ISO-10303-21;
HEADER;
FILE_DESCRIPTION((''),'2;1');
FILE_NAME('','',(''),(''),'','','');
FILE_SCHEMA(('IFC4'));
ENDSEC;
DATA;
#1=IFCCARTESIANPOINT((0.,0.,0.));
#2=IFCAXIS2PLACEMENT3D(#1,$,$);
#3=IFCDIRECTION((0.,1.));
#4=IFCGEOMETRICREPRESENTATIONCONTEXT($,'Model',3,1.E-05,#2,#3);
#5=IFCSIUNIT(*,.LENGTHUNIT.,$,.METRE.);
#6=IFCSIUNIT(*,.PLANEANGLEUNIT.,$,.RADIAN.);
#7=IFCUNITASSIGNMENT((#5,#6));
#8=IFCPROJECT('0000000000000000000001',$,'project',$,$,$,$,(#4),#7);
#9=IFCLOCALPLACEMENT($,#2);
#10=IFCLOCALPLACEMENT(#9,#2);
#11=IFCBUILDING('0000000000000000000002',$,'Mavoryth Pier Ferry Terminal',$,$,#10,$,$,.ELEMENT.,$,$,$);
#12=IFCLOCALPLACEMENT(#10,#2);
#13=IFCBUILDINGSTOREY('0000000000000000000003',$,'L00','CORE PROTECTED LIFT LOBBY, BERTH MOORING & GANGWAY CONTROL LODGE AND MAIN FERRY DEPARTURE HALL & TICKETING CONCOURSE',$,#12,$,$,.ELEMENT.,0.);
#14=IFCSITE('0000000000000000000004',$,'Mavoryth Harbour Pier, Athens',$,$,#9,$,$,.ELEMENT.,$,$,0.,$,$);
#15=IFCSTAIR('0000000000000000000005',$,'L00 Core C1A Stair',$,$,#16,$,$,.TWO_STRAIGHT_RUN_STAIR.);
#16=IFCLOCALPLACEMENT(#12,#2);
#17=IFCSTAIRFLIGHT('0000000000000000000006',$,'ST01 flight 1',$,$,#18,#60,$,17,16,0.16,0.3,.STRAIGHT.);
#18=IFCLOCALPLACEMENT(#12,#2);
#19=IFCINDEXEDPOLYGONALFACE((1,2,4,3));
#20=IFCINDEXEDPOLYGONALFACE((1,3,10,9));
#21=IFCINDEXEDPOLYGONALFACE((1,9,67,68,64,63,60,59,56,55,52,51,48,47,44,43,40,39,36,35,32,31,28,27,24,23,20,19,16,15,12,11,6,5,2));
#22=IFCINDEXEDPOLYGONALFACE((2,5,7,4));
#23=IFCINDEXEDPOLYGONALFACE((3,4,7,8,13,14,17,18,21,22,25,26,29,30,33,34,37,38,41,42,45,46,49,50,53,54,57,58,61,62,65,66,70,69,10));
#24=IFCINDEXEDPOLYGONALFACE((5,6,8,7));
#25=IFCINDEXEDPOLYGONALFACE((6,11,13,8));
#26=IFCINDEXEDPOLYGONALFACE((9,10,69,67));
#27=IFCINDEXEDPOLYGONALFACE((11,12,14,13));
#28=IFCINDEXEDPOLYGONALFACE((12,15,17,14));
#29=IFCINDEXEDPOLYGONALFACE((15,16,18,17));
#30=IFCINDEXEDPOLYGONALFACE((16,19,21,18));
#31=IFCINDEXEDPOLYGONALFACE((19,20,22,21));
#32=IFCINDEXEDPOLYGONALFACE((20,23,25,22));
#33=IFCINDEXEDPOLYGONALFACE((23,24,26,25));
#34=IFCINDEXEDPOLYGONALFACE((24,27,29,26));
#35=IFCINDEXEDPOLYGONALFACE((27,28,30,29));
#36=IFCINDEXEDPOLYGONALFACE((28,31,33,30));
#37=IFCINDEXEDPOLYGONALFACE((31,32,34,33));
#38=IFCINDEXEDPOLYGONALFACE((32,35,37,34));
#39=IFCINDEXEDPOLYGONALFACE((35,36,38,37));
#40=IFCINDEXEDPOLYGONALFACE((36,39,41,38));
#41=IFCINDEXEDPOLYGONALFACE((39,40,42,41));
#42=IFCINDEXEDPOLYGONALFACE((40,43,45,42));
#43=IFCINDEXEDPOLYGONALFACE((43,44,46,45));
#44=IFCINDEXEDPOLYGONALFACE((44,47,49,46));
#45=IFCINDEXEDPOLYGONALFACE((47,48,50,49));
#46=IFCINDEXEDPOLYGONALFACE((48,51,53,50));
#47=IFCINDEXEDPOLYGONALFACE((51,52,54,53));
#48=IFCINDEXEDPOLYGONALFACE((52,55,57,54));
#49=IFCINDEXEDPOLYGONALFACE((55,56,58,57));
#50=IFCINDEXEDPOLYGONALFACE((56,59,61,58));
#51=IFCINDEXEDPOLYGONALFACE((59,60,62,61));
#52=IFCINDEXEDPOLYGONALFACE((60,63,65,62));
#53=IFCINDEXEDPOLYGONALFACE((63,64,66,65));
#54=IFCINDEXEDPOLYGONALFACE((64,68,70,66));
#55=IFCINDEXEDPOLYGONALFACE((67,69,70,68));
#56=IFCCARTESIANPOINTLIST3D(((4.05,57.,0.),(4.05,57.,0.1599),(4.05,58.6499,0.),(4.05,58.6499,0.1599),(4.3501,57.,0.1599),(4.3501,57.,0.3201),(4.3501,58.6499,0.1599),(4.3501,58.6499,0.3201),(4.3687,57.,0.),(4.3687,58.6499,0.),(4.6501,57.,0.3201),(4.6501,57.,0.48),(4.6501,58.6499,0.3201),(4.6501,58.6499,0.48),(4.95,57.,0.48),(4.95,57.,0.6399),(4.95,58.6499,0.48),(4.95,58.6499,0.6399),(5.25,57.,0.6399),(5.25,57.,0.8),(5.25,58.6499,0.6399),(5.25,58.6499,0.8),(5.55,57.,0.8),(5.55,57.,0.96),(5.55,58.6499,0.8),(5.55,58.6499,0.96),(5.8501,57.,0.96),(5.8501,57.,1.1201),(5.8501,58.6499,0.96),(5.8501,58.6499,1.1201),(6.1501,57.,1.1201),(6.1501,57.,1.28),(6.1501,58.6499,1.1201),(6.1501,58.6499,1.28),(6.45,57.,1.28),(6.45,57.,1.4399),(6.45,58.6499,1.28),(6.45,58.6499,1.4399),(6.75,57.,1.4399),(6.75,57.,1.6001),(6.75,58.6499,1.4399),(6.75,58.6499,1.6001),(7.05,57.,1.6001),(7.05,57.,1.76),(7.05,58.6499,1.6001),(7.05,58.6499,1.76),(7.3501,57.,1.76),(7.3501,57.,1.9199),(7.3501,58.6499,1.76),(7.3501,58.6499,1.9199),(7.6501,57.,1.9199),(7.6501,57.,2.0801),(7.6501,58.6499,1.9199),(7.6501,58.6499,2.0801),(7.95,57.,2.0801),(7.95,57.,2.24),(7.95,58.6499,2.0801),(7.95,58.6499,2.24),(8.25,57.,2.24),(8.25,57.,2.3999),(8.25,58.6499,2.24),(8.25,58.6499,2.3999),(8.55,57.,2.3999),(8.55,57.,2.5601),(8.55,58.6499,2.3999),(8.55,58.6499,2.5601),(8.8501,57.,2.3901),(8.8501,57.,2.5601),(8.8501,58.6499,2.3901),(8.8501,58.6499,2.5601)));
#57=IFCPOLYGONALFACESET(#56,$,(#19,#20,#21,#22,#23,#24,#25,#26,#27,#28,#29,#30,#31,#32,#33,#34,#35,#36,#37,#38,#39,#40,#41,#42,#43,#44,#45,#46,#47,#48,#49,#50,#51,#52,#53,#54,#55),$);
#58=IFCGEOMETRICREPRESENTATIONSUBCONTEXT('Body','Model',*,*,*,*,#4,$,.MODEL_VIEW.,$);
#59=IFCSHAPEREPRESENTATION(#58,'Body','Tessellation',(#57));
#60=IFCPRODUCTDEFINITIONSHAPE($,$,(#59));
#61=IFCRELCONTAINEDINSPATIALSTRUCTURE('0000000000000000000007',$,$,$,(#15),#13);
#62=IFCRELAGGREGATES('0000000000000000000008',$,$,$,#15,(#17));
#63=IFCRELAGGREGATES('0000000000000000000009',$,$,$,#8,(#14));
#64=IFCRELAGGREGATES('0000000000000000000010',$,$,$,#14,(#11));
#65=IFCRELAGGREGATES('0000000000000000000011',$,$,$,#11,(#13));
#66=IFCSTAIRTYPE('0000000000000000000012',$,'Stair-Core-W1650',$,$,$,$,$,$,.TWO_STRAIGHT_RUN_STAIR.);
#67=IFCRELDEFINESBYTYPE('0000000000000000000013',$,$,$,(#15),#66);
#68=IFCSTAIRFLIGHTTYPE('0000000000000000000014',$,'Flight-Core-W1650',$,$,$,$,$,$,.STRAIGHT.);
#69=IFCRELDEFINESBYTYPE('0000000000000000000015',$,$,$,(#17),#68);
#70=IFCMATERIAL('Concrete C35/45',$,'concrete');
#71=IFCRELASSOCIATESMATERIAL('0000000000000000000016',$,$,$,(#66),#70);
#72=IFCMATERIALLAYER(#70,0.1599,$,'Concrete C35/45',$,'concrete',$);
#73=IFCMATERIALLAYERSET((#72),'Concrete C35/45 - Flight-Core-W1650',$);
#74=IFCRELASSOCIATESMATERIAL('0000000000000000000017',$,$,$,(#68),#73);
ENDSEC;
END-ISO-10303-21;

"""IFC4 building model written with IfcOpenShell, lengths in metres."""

from ifc_helpers import new_model, si_unit, direction, frame, origin, place, context, subcontext, project, spatial, polyline, outline, extrude, material, layer, layer_set, type_object, element, aggregate, save


model = new_model("IFC4")

# Units and contexts
model_context = context("Model", 3, precision=1e-05, world=origin(), true_north=direction((0.0, 1.0)))
body_context = subcontext(model_context, "Body", "Model", "MODEL_VIEW")
ifc_project = project(units=[si_unit("LENGTHUNIT", "METRE"), si_unit("PLANEANGLEUNIT", "RADIAN")], contexts=[model_context])

# Site, building, storey
site_placement = place(None, origin())
site = spatial("IfcSite", under=ifc_project, at=site_placement, Name="Mavoryth Harbour Pier, Athens", CompositionType="ELEMENT", RefElevation=0.0)
building_placement = place(site_placement, origin())
building = spatial("IfcBuilding", under=site, at=building_placement, Name="Mavoryth Pier Ferry Terminal", CompositionType="ELEMENT")
storey_placement = place(building_placement, origin())
storey = spatial("IfcBuildingStorey", under=building, at=storey_placement, Name="L00", Description="CORE PROTECTED LIFT LOBBY, BERTH MOORING & GANGWAY CONTROL LODGE AND MAIN FERRY DEPARTURE HALL & TICKETING CONCOURSE", CompositionType="ELEMENT", Elevation=0.0)

# Shared definitions
ifc_material_1 = material(Name="Concrete C35/45", Category="concrete")

# Stair, stair flight
stair_type = type_object("IfcStairType", Name="Stair-Core-W1650", PredefinedType="TWO_STRAIGHT_RUN_STAIR", material=ifc_material_1)
stair_placement = place(storey_placement, origin())
stair = element("IfcStair", 1, at=stair_placement, inside=storey, type_object=stair_type, Name="L00 Core C1A Stair", PredefinedType="TWO_STRAIGHT_RUN_STAIR")
ifc_layer_1 = layer(ifc_material_1, 0.1599, Name="Concrete C35/45", Category="concrete")
ifc_layer_set_1 = layer_set([ifc_layer_1], Name="Concrete C35/45 - Flight-Core-W1650")
stair_flight_type = type_object("IfcStairFlightType", Name="Flight-Core-W1650", PredefinedType="STRAIGHT", material=ifc_layer_set_1)
stair_flight_placement = place(storey_placement, frame((4.05, 57.825, 0.0), z_axis=(0.0, 0.0, 1.0), x_axis=(1.0, 0.0, 0.0)))
stair_flight = element("IfcStairFlight", 2, at=stair_flight_placement, type_object=stair_flight_type, Name="ST01 flight 1", NumberOfRisers=17, NumberOfTreads=16, PredefinedType="STRAIGHT", RiserHeight=0.16, TreadLength=0.3, context=body_context, shape_type="SweptSolid", body=[
    extrude(outline(polyline([(0.0, 0.0), (0.0, 0.1599), (0.3, 0.1599), (0.3, 0.3201), (0.6001, 0.3201), (0.6001, 0.48), (0.8999, 0.48), (0.8999, 0.6399), (1.2, 0.6399), (1.2, 0.8), (1.5, 0.8), (1.5, 0.96), (1.8, 0.96), (1.8, 1.1201), (2.1001, 1.1201), (2.1001, 1.28), (2.3999, 1.28), (2.3999, 1.4399), (2.7, 1.4399), (2.7, 1.6001), (3.0, 1.6001), (3.0, 1.76), (3.3, 1.76), (3.3, 1.9199), (3.6001, 1.9199), (3.6001, 2.0801), (3.8999, 2.0801), (3.8999, 2.24), (4.2, 2.24), (4.2, 2.3999), (4.5, 2.3999), (4.5, 2.5601), (4.8, 2.5601), (4.8, 2.72), (4.8, 2.3901), (0.3186, 0.0), (0.0, 0.0)])), frame((0.0, 0.825, 0.0), z_axis=(0.0, -1.0, 0.0), x_axis=(1.0, 0.0, 0.0)), (0.0, 0.0, 1.0), 1.6499),
])
aggregate(stair, [stair_flight])

save(model, "model.ifc")
